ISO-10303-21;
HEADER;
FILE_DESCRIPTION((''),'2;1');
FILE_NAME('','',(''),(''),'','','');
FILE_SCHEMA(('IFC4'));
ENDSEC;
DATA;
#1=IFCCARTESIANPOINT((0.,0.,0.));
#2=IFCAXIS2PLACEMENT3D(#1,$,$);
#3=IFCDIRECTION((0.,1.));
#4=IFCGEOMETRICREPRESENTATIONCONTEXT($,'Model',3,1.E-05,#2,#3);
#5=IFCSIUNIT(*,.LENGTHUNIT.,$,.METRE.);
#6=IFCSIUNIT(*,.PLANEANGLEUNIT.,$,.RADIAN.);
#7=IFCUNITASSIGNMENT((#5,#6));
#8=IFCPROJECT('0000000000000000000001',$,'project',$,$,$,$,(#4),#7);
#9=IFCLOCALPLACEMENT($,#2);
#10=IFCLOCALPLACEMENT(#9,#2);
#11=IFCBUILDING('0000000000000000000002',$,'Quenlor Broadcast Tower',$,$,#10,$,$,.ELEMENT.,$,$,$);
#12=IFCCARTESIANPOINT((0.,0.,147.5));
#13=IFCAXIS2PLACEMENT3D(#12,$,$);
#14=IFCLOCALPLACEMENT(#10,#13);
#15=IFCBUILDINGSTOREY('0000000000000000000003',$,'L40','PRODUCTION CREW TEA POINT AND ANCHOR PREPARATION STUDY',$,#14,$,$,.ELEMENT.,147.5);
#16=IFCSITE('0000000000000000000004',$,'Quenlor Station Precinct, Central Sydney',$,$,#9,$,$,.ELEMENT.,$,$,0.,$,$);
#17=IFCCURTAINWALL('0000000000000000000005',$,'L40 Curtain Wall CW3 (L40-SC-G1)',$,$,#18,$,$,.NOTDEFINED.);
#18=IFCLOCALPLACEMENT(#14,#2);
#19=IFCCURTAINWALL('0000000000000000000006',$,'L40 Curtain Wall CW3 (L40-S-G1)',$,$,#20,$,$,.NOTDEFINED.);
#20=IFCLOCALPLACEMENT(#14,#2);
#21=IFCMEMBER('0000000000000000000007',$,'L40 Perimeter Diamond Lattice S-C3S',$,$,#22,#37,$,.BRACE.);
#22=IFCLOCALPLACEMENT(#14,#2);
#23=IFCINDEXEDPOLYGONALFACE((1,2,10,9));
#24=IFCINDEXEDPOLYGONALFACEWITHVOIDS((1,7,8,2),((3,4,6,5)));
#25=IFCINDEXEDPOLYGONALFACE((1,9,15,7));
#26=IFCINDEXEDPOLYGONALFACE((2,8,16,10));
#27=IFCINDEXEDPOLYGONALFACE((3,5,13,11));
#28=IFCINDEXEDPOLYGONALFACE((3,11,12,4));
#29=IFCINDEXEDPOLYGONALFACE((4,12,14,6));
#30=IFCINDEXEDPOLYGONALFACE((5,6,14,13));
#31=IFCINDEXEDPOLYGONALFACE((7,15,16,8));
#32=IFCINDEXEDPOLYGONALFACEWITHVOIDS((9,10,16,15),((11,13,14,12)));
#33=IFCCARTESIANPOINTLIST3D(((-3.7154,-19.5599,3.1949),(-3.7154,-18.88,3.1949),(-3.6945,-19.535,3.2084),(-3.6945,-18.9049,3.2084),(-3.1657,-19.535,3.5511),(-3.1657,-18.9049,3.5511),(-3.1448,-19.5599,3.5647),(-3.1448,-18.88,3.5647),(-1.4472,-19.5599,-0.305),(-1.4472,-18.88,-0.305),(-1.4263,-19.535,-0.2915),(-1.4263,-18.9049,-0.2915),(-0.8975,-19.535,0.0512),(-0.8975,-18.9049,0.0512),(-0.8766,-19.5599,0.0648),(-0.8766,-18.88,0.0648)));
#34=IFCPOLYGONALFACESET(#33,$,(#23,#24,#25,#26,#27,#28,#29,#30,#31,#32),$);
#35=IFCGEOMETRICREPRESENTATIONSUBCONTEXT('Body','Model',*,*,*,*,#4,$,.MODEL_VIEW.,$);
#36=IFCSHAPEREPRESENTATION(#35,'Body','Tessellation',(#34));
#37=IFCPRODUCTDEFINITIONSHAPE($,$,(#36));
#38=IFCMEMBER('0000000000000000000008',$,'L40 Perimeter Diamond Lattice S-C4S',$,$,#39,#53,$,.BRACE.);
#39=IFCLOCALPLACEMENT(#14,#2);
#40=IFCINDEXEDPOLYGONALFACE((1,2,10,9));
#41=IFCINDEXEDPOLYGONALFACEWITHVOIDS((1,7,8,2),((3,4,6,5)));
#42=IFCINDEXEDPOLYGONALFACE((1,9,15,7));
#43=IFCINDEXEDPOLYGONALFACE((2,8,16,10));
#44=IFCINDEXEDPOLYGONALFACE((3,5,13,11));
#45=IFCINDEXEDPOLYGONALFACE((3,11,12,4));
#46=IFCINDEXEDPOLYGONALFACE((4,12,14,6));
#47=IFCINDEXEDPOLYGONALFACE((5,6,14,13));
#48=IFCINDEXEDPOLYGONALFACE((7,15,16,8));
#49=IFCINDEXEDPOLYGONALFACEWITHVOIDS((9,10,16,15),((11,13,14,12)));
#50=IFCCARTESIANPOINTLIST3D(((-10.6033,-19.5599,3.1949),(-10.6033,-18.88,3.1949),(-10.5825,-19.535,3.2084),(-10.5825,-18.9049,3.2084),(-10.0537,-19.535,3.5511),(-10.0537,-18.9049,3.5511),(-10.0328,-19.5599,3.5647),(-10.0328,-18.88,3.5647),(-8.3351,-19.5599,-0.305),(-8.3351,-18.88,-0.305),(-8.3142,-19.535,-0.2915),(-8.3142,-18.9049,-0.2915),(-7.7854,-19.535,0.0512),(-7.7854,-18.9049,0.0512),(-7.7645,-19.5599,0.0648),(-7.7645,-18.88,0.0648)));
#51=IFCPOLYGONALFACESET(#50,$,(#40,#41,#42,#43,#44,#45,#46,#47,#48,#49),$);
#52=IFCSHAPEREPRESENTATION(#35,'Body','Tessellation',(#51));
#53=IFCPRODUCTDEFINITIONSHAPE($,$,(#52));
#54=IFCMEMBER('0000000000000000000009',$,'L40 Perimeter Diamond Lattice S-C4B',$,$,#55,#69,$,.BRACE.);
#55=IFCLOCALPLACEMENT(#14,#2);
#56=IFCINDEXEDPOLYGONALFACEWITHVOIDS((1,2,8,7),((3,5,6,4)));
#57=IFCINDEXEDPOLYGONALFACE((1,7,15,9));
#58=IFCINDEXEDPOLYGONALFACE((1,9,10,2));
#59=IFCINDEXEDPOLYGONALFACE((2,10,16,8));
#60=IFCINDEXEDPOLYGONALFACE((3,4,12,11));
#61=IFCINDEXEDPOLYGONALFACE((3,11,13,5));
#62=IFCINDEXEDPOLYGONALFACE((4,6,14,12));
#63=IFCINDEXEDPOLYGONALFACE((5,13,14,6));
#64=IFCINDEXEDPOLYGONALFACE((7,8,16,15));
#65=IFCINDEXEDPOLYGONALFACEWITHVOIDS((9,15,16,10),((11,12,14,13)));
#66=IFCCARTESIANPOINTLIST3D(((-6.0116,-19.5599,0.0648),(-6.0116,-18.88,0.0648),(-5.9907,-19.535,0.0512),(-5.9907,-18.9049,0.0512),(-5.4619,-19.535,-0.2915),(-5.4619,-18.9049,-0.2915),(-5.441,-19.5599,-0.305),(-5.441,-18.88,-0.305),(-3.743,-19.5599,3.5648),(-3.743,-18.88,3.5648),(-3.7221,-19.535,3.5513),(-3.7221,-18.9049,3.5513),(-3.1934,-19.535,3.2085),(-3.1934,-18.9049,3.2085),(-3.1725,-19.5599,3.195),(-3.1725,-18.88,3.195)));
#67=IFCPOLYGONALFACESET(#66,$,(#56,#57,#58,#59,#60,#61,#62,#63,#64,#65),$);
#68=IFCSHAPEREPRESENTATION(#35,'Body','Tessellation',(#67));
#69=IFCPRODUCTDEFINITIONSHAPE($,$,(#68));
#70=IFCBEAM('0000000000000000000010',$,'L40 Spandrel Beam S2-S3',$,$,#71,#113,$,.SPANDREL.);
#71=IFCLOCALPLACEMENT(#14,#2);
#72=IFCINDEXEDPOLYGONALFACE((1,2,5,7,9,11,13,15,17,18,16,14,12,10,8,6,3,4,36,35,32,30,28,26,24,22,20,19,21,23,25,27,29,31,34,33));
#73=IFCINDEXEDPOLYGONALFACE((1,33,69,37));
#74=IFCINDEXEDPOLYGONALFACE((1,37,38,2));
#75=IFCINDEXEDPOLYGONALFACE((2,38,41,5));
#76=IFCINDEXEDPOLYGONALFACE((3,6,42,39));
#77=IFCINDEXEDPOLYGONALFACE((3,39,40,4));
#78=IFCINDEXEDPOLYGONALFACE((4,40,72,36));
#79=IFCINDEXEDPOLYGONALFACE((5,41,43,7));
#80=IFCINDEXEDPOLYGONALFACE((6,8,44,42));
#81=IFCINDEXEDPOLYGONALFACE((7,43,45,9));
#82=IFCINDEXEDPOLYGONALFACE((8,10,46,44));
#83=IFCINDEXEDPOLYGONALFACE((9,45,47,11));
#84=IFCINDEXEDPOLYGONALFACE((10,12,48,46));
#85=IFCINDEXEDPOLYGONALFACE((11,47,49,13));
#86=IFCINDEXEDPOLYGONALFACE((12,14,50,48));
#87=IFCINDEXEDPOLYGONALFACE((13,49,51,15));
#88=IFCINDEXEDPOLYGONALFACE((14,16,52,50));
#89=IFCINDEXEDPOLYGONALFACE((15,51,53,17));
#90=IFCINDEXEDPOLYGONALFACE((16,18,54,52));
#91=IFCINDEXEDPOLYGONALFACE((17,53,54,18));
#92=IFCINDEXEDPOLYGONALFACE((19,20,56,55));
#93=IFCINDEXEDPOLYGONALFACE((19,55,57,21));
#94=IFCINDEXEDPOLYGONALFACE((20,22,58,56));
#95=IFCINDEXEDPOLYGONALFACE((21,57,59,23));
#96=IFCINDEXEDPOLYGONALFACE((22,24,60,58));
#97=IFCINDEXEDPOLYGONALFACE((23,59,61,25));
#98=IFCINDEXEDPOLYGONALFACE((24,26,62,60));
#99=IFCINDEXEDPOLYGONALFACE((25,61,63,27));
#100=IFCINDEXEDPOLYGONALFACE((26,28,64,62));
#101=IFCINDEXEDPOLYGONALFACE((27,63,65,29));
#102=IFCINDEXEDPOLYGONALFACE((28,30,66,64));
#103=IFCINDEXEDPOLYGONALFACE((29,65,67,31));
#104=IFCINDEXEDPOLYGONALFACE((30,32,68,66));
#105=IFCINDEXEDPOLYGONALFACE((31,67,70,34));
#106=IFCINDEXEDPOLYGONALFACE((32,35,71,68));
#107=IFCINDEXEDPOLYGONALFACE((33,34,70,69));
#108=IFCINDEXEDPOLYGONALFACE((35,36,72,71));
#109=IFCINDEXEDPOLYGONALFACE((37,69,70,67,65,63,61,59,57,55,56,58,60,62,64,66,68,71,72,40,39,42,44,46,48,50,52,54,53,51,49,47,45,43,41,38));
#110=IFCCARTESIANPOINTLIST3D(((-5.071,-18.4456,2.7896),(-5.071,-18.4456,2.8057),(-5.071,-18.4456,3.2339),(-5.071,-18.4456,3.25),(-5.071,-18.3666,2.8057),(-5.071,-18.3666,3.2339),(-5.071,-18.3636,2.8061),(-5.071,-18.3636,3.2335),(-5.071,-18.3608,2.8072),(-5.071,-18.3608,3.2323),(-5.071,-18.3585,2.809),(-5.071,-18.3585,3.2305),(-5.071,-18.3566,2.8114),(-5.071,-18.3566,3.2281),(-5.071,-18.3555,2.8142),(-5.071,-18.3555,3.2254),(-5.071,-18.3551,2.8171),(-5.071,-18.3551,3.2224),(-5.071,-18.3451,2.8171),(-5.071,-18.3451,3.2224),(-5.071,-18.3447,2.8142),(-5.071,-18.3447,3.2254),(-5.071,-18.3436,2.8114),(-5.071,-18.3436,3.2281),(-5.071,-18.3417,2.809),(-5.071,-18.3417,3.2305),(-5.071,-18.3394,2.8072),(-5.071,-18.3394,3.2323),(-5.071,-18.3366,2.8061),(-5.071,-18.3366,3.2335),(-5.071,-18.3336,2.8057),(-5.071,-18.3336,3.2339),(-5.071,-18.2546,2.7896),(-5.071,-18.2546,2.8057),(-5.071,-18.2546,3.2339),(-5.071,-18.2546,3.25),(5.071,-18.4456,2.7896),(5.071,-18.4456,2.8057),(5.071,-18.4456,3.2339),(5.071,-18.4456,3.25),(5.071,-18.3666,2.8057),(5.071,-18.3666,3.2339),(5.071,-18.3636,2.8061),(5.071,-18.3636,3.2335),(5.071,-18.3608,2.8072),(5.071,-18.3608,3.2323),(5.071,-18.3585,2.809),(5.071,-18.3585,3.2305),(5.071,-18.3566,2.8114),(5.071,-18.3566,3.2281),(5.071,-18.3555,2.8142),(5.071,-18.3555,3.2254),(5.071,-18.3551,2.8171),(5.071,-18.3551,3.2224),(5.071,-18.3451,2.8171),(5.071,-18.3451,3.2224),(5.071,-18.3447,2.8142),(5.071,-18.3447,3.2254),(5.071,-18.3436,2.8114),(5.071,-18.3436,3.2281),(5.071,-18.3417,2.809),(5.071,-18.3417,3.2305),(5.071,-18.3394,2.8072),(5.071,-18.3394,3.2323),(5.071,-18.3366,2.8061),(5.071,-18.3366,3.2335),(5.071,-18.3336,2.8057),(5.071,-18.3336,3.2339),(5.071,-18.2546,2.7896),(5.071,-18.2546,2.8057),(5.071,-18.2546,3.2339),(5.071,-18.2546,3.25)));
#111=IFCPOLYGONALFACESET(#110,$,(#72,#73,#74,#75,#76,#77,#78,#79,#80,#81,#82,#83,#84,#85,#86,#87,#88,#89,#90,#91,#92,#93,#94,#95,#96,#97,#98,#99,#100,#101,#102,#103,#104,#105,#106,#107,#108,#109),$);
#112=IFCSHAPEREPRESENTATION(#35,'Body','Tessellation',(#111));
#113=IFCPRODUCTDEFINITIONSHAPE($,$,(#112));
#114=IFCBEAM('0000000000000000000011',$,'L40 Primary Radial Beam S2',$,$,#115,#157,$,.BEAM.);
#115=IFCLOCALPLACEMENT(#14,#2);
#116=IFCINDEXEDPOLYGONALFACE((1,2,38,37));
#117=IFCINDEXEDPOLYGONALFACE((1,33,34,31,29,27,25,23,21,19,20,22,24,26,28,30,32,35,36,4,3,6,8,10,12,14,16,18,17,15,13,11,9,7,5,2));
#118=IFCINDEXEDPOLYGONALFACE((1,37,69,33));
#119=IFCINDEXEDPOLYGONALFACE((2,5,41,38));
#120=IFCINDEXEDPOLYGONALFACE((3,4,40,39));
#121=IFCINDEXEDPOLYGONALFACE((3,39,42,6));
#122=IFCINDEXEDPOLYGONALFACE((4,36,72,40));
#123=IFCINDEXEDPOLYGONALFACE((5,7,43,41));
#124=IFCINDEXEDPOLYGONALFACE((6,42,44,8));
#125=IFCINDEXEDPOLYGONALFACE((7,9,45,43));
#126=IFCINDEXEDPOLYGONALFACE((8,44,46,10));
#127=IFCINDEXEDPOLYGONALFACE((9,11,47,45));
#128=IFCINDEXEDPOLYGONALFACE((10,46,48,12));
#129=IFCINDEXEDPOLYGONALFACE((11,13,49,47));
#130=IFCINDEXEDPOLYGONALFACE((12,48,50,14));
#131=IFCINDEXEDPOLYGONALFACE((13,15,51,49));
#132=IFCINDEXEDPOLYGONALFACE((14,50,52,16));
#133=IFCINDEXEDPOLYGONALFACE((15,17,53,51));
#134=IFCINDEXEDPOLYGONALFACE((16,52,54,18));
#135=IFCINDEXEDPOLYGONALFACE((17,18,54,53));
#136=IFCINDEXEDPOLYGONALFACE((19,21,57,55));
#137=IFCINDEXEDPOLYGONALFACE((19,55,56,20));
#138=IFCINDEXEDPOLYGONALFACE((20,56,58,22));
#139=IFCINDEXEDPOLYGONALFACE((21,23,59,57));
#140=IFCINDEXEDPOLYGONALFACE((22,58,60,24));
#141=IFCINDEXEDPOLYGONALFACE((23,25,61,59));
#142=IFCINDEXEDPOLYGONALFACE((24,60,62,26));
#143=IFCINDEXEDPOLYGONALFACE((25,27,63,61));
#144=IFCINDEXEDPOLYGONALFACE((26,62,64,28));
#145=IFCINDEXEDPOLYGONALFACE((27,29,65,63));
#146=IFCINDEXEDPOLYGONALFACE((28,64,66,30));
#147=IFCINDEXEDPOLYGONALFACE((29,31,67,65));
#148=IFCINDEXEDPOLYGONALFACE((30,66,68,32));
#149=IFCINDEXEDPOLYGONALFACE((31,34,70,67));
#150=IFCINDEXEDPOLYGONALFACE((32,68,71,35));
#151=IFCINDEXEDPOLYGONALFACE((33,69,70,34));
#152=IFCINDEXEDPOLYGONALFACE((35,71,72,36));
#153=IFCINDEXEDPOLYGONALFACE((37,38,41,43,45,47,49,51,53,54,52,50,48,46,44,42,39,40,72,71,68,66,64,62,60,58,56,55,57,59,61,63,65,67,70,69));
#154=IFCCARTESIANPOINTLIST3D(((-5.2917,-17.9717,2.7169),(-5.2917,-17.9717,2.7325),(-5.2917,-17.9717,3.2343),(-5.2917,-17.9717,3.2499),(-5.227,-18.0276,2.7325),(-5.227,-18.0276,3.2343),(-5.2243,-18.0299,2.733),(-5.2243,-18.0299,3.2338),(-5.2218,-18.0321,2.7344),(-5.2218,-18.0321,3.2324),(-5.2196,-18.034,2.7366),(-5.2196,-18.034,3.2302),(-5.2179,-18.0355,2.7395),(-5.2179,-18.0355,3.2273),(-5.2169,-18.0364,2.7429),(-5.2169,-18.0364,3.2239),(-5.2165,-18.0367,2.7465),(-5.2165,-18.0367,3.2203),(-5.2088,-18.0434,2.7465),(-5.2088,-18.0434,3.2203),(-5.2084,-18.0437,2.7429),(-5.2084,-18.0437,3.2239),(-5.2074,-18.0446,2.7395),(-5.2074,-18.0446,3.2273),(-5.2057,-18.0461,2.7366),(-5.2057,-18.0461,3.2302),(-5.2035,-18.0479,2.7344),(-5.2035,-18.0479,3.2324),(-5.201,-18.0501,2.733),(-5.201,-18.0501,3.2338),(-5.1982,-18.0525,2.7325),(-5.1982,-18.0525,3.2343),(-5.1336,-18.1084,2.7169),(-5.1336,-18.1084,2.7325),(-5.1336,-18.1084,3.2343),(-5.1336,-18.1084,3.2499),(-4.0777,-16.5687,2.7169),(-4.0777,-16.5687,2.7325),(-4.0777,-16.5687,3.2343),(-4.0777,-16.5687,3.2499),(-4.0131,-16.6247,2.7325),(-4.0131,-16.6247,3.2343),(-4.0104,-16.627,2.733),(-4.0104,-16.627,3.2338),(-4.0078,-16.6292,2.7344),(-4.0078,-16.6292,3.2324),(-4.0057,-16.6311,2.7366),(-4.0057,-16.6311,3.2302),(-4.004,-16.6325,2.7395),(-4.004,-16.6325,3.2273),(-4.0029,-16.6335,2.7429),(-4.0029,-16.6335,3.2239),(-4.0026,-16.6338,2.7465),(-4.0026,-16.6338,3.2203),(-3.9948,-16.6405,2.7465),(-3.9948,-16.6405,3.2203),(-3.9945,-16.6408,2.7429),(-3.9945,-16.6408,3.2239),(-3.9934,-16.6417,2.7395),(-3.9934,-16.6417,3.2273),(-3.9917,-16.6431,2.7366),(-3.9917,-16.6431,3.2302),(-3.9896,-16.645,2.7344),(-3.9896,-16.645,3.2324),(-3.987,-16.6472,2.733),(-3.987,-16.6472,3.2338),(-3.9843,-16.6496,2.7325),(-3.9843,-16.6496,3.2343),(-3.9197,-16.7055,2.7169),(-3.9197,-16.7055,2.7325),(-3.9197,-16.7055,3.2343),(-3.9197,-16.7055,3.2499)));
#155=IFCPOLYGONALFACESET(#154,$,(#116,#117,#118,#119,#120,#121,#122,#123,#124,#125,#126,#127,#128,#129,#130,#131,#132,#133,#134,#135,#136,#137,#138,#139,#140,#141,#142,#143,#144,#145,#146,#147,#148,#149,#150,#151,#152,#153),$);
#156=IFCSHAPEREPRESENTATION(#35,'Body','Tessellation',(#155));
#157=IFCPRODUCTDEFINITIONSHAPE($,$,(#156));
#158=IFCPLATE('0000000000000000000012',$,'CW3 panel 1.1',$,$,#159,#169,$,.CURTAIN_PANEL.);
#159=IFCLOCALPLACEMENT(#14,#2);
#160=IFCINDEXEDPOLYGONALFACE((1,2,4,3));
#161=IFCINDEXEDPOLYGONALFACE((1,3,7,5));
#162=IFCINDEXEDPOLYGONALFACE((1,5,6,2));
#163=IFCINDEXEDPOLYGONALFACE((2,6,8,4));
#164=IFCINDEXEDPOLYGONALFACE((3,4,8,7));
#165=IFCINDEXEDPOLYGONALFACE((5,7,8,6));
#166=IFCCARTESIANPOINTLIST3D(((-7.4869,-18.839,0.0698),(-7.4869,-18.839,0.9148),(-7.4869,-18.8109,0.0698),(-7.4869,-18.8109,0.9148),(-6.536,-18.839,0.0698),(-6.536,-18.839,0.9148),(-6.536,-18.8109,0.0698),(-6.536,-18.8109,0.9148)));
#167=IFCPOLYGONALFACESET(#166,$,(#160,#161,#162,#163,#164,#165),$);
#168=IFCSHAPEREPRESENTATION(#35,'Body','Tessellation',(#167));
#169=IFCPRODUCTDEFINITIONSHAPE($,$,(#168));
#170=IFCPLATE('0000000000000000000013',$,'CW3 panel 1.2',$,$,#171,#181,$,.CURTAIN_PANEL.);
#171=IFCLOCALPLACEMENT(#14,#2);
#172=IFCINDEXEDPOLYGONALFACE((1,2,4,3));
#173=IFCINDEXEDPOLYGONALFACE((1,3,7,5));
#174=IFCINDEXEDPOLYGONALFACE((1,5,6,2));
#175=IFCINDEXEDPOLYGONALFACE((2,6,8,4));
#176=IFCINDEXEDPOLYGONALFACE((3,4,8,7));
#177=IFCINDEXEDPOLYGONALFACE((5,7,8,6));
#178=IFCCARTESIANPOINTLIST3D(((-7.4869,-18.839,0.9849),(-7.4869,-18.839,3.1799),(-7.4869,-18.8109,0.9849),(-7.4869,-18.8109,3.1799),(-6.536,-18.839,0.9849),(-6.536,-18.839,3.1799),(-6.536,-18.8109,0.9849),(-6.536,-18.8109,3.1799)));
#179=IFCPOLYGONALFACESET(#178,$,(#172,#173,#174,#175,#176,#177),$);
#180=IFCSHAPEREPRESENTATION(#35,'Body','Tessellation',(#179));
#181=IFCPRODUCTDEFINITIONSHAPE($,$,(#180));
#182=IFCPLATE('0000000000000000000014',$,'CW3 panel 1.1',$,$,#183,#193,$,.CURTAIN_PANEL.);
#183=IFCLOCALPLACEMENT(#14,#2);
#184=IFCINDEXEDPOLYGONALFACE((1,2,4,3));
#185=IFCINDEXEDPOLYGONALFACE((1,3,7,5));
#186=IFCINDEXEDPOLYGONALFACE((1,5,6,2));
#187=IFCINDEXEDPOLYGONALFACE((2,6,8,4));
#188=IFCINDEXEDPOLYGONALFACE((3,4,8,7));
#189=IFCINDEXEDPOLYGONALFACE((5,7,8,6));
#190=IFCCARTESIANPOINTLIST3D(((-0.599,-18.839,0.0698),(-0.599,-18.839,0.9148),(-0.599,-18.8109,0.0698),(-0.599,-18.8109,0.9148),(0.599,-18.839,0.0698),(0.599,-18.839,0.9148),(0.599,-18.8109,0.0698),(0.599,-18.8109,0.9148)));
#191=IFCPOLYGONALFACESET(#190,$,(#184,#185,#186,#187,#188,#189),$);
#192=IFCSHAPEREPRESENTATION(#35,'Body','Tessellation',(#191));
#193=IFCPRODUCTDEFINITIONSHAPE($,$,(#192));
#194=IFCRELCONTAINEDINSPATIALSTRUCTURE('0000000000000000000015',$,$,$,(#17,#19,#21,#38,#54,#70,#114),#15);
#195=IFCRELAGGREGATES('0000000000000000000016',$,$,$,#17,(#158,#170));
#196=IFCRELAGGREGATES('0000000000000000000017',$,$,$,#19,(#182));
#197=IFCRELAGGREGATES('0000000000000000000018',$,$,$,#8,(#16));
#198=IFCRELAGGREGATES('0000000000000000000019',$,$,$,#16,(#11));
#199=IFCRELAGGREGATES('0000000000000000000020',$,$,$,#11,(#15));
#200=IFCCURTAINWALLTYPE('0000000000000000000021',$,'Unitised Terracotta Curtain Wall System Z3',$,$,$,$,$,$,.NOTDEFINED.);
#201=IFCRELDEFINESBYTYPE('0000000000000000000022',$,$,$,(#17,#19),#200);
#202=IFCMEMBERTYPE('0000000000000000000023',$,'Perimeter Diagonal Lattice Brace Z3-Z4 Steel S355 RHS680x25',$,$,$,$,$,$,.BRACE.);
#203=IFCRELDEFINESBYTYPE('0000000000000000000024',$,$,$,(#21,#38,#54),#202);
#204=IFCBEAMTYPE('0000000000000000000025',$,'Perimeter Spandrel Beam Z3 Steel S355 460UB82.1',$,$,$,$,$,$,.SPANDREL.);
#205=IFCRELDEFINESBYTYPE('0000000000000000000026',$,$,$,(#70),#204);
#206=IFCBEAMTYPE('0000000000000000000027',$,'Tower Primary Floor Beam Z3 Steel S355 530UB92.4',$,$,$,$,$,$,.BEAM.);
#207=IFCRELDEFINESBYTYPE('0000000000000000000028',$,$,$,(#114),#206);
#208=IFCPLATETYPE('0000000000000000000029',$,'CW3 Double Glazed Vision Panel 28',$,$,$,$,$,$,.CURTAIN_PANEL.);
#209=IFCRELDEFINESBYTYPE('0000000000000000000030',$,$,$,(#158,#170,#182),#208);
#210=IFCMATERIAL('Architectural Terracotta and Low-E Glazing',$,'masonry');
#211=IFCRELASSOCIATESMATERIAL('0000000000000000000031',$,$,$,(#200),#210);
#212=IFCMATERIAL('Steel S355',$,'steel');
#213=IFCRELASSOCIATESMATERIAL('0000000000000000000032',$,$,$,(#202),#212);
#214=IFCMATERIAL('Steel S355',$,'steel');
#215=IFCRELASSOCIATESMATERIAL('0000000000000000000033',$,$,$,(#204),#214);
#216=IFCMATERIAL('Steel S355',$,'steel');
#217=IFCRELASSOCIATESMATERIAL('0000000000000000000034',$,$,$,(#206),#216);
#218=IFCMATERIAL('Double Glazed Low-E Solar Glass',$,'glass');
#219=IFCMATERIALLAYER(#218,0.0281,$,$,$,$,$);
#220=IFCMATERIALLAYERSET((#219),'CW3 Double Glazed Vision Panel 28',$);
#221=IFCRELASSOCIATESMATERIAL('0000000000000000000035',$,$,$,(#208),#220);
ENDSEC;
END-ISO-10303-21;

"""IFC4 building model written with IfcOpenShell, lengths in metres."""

from ifc_helpers import new_model, si_unit, direction, frame, origin, origin_2d, place, context, subcontext, project, spatial, rectangle, hollow_rectangle, i_section, extrude, material, layer, layer_set, material_profile, profile_set, type_object, element, aggregate, save


model = new_model("IFC4")

# Units and contexts
model_context = context("Model", 3, precision=1e-05, world=origin(), true_north=direction((0.0, 1.0)))
body_context = subcontext(model_context, "Body", "Model", "MODEL_VIEW")
ifc_project = project(units=[si_unit("LENGTHUNIT", "METRE"), si_unit("PLANEANGLEUNIT", "RADIAN")], contexts=[model_context])

# Site, building, storey
site_placement = place(None, origin())
site = spatial("IfcSite", under=ifc_project, at=site_placement, Name="Quenlor Station Precinct, Central Sydney", CompositionType="ELEMENT", RefElevation=0.0)
building_placement = place(site_placement, origin())
building = spatial("IfcBuilding", under=site, at=building_placement, Name="Quenlor Broadcast Tower", CompositionType="ELEMENT")
storey_placement = place(building_placement, frame((0.0, 0.0, 147.5)))
storey = spatial("IfcBuildingStorey", under=building, at=storey_placement, Name="L40", Description="PRODUCTION CREW TEA POINT AND ANCHOR PREPARATION STUDY", CompositionType="ELEMENT", Elevation=147.5)

# Curtain wall
ifc_material_1 = material(Name="Architectural Terracotta and Low-E Glazing", Category="masonry")
curtain_wall_type = type_object("IfcCurtainWallType", Name="Unitised Terracotta Curtain Wall System Z3", PredefinedType="NOTDEFINED", material=ifc_material_1)
curtain_wall_1_placement = place(storey_placement, origin())
curtain_wall_1 = element("IfcCurtainWall", 1, at=curtain_wall_1_placement, inside=storey, type_object=curtain_wall_type, Name="L40 Curtain Wall CW3 (L40-SC-G1)", PredefinedType="NOTDEFINED")

# Curtain wall
curtain_wall_2_placement = place(storey_placement, origin())
curtain_wall_2 = element("IfcCurtainWall", 2, at=curtain_wall_2_placement, inside=storey, type_object=curtain_wall_type, Name="L40 Curtain Wall CW3 (L40-S-G1)", PredefinedType="NOTDEFINED")

# Members
ifc_material_2 = material(Name="Steel S355", Category="steel")
ifc_material_profile_1 = material_profile(ifc_material_2, hollow_rectangle(XDim=0.6799, YDim=0.6799, WallThickness=0.0249, at=origin_2d()))
ifc_profile_set_1 = profile_set([ifc_material_profile_1], Name="Steel S355 RHS680x680x25")
member_type_1 = type_object("IfcMemberType", Name="Perimeter Diagonal Lattice Brace Z3-Z4 Steel S355 RHS680x25", PredefinedType="BRACE", material=ifc_profile_set_1)
for number, where, z_axis, x_axis, name in (
    (3, (-1.1619, -19.22, -0.1201), (-0.54386, 0.0, 0.839176), (0.0, -1.0, 0.0), "L40 Perimeter Diamond Lattice S-C3S"),
    (4, (-8.0498, -19.22, -0.1201), (-0.54386, 0.0, 0.839176), (0.0, -1.0, 0.0), "L40 Perimeter Diamond Lattice S-C4S"),
):
    element("IfcMember", number, at=place(storey_placement, frame(where, z_axis=z_axis, x_axis=x_axis)), inside=storey, type_object=member_type_1, Name=name, PredefinedType="BRACE", context=body_context, shape_type="SweptSolid", body=[
        extrude(hollow_rectangle(XDim=0.6799, YDim=0.6799, WallThickness=0.0249, at=origin_2d()), origin(), (0.0, 0.0, 1.0), 4.1707),
    ])
member_1_placement = place(storey_placement, frame((-5.7263, -19.22, -0.1201), z_axis=(0.543902, 0.0, 0.839149), x_axis=(0.0, 1.0, 0.0)))
element("IfcMember", 5, at=member_1_placement, inside=storey, type_object=member_type_1, Name="L40 Perimeter Diamond Lattice S-C4B", PredefinedType="BRACE", context=body_context, shape_type="SweptSolid", body=[
    extrude(hollow_rectangle(XDim=0.6799, YDim=0.6799, WallThickness=0.0249, at=origin_2d()), origin(), (0.0, 0.0, 1.0), 4.1709),
])

# Beams
ifc_material_3 = material(Name="Steel S355", Category="steel")
ifc_material_profile_2 = material_profile(ifc_material_3, i_section(OverallWidth=0.1909, OverallDepth=0.4604, WebThickness=0.01, FlangeThickness=0.0161, FilletRadius=0.0115, at=origin_2d()))
ifc_profile_set_2 = profile_set([ifc_material_profile_2], Name="Steel S355 460UB82.1")
beam_type_1 = type_object("IfcBeamType", Name="Perimeter Spandrel Beam Z3 Steel S355 460UB82.1", PredefinedType="SPANDREL", material=ifc_profile_set_2)
beam_1_placement = place(storey_placement, frame((-5.071, -18.3501, 3.0198), z_axis=(1.0, 0.0, 0.0), x_axis=(0.0, 1.0, 0.0)))
element("IfcBeam", 6, at=beam_1_placement, inside=storey, type_object=beam_type_1, Name="L40 Spandrel Beam S2-S3", PredefinedType="SPANDREL", context=body_context, shape_type="SweptSolid", body=[
    extrude(i_section(OverallWidth=0.1909, OverallDepth=0.4604, WebThickness=0.01, FlangeThickness=0.0161, FilletRadius=0.0115, at=origin_2d()), origin(), (0.0, 0.0, 1.0), 10.1421),
])
ifc_material_4 = material(Name="Steel S355", Category="steel")
ifc_material_profile_3 = material_profile(ifc_material_4, i_section(OverallWidth=0.209, OverallDepth=0.533, WebThickness=0.0103, FlangeThickness=0.0156, FilletRadius=0.0139, at=origin_2d()))
ifc_profile_set_3 = profile_set([ifc_material_profile_3], Name="Steel S355 530UB92.4")
beam_type_2 = type_object("IfcBeamType", Name="Tower Primary Floor Beam Z3 Steel S355 530UB92.4", PredefinedType="BEAM", material=ifc_profile_set_3)
beam_2_placement = place(storey_placement, frame((-5.2126, -18.04, 2.9834), z_axis=(0.654339, 0.756201, 0.0), x_axis=(-0.756201, 0.654339, 0.0)))
element("IfcBeam", 7, at=beam_2_placement, inside=storey, type_object=beam_type_2, Name="L40 Primary Radial Beam S2", PredefinedType="BEAM", context=body_context, shape_type="SweptSolid", body=[
    extrude(i_section(OverallWidth=0.209, OverallDepth=0.533, WebThickness=0.0103, FlangeThickness=0.0156, FilletRadius=0.0139, at=origin_2d()), origin(), (0.0, 0.0, 1.0), 1.8552),
])

# Plates
ifc_material_5 = material(Name="Double Glazed Low-E Solar Glass", Category="glass")
ifc_layer_1 = layer(ifc_material_5, 0.0281)
ifc_layer_set_1 = layer_set([ifc_layer_1], Name="CW3 Double Glazed Vision Panel 28")
plate_type_1 = type_object("IfcPlateType", Name="CW3 Double Glazed Vision Panel 28", PredefinedType="CURTAIN_PANEL", material=ifc_layer_set_1)
plate_1_placement = place(storey_placement, frame((-7.0115, -18.825, 0.0698), z_axis=(0.0, 0.0, 1.0), x_axis=(-1.0, 0.0, 0.0)))
plate_1 = element("IfcPlate", 8, at=plate_1_placement, type_object=plate_type_1, Name="CW3 panel 1.1", PredefinedType="CURTAIN_PANEL", context=body_context, shape_type="SweptSolid", body=[
    extrude(rectangle(XDim=0.9509, YDim=0.0281, at=origin_2d()), origin(), (0.0, 0.0, 1.0), 0.845),
])
plate_2_placement = place(storey_placement, frame((-7.0115, -18.825, 0.9849), z_axis=(0.0, 0.0, 1.0), x_axis=(-1.0, 0.0, 0.0)))
plate_2 = element("IfcPlate", 9, at=plate_2_placement, type_object=plate_type_1, Name="CW3 panel 1.2", PredefinedType="CURTAIN_PANEL", context=body_context, shape_type="SweptSolid", body=[
    extrude(rectangle(XDim=0.9509, YDim=0.0281, at=origin_2d()), origin(), (0.0, 0.0, 1.0), 2.1951),
])
aggregate(curtain_wall_1, [plate_1, plate_2])
plate_3_placement = place(storey_placement, frame((0.0, -18.825, 0.0698), z_axis=(0.0, 0.0, 1.0), x_axis=(-1.0, 0.0, 0.0)))
plate_3 = element("IfcPlate", 10, at=plate_3_placement, type_object=plate_type_1, Name="CW3 panel 1.1", PredefinedType="CURTAIN_PANEL", context=body_context, shape_type="SweptSolid", body=[
    extrude(rectangle(XDim=1.198, YDim=0.0281, at=origin_2d()), origin(), (0.0, 0.0, 1.0), 0.845),
])
aggregate(curtain_wall_2, [plate_3])

save(model, "model.ifc")
